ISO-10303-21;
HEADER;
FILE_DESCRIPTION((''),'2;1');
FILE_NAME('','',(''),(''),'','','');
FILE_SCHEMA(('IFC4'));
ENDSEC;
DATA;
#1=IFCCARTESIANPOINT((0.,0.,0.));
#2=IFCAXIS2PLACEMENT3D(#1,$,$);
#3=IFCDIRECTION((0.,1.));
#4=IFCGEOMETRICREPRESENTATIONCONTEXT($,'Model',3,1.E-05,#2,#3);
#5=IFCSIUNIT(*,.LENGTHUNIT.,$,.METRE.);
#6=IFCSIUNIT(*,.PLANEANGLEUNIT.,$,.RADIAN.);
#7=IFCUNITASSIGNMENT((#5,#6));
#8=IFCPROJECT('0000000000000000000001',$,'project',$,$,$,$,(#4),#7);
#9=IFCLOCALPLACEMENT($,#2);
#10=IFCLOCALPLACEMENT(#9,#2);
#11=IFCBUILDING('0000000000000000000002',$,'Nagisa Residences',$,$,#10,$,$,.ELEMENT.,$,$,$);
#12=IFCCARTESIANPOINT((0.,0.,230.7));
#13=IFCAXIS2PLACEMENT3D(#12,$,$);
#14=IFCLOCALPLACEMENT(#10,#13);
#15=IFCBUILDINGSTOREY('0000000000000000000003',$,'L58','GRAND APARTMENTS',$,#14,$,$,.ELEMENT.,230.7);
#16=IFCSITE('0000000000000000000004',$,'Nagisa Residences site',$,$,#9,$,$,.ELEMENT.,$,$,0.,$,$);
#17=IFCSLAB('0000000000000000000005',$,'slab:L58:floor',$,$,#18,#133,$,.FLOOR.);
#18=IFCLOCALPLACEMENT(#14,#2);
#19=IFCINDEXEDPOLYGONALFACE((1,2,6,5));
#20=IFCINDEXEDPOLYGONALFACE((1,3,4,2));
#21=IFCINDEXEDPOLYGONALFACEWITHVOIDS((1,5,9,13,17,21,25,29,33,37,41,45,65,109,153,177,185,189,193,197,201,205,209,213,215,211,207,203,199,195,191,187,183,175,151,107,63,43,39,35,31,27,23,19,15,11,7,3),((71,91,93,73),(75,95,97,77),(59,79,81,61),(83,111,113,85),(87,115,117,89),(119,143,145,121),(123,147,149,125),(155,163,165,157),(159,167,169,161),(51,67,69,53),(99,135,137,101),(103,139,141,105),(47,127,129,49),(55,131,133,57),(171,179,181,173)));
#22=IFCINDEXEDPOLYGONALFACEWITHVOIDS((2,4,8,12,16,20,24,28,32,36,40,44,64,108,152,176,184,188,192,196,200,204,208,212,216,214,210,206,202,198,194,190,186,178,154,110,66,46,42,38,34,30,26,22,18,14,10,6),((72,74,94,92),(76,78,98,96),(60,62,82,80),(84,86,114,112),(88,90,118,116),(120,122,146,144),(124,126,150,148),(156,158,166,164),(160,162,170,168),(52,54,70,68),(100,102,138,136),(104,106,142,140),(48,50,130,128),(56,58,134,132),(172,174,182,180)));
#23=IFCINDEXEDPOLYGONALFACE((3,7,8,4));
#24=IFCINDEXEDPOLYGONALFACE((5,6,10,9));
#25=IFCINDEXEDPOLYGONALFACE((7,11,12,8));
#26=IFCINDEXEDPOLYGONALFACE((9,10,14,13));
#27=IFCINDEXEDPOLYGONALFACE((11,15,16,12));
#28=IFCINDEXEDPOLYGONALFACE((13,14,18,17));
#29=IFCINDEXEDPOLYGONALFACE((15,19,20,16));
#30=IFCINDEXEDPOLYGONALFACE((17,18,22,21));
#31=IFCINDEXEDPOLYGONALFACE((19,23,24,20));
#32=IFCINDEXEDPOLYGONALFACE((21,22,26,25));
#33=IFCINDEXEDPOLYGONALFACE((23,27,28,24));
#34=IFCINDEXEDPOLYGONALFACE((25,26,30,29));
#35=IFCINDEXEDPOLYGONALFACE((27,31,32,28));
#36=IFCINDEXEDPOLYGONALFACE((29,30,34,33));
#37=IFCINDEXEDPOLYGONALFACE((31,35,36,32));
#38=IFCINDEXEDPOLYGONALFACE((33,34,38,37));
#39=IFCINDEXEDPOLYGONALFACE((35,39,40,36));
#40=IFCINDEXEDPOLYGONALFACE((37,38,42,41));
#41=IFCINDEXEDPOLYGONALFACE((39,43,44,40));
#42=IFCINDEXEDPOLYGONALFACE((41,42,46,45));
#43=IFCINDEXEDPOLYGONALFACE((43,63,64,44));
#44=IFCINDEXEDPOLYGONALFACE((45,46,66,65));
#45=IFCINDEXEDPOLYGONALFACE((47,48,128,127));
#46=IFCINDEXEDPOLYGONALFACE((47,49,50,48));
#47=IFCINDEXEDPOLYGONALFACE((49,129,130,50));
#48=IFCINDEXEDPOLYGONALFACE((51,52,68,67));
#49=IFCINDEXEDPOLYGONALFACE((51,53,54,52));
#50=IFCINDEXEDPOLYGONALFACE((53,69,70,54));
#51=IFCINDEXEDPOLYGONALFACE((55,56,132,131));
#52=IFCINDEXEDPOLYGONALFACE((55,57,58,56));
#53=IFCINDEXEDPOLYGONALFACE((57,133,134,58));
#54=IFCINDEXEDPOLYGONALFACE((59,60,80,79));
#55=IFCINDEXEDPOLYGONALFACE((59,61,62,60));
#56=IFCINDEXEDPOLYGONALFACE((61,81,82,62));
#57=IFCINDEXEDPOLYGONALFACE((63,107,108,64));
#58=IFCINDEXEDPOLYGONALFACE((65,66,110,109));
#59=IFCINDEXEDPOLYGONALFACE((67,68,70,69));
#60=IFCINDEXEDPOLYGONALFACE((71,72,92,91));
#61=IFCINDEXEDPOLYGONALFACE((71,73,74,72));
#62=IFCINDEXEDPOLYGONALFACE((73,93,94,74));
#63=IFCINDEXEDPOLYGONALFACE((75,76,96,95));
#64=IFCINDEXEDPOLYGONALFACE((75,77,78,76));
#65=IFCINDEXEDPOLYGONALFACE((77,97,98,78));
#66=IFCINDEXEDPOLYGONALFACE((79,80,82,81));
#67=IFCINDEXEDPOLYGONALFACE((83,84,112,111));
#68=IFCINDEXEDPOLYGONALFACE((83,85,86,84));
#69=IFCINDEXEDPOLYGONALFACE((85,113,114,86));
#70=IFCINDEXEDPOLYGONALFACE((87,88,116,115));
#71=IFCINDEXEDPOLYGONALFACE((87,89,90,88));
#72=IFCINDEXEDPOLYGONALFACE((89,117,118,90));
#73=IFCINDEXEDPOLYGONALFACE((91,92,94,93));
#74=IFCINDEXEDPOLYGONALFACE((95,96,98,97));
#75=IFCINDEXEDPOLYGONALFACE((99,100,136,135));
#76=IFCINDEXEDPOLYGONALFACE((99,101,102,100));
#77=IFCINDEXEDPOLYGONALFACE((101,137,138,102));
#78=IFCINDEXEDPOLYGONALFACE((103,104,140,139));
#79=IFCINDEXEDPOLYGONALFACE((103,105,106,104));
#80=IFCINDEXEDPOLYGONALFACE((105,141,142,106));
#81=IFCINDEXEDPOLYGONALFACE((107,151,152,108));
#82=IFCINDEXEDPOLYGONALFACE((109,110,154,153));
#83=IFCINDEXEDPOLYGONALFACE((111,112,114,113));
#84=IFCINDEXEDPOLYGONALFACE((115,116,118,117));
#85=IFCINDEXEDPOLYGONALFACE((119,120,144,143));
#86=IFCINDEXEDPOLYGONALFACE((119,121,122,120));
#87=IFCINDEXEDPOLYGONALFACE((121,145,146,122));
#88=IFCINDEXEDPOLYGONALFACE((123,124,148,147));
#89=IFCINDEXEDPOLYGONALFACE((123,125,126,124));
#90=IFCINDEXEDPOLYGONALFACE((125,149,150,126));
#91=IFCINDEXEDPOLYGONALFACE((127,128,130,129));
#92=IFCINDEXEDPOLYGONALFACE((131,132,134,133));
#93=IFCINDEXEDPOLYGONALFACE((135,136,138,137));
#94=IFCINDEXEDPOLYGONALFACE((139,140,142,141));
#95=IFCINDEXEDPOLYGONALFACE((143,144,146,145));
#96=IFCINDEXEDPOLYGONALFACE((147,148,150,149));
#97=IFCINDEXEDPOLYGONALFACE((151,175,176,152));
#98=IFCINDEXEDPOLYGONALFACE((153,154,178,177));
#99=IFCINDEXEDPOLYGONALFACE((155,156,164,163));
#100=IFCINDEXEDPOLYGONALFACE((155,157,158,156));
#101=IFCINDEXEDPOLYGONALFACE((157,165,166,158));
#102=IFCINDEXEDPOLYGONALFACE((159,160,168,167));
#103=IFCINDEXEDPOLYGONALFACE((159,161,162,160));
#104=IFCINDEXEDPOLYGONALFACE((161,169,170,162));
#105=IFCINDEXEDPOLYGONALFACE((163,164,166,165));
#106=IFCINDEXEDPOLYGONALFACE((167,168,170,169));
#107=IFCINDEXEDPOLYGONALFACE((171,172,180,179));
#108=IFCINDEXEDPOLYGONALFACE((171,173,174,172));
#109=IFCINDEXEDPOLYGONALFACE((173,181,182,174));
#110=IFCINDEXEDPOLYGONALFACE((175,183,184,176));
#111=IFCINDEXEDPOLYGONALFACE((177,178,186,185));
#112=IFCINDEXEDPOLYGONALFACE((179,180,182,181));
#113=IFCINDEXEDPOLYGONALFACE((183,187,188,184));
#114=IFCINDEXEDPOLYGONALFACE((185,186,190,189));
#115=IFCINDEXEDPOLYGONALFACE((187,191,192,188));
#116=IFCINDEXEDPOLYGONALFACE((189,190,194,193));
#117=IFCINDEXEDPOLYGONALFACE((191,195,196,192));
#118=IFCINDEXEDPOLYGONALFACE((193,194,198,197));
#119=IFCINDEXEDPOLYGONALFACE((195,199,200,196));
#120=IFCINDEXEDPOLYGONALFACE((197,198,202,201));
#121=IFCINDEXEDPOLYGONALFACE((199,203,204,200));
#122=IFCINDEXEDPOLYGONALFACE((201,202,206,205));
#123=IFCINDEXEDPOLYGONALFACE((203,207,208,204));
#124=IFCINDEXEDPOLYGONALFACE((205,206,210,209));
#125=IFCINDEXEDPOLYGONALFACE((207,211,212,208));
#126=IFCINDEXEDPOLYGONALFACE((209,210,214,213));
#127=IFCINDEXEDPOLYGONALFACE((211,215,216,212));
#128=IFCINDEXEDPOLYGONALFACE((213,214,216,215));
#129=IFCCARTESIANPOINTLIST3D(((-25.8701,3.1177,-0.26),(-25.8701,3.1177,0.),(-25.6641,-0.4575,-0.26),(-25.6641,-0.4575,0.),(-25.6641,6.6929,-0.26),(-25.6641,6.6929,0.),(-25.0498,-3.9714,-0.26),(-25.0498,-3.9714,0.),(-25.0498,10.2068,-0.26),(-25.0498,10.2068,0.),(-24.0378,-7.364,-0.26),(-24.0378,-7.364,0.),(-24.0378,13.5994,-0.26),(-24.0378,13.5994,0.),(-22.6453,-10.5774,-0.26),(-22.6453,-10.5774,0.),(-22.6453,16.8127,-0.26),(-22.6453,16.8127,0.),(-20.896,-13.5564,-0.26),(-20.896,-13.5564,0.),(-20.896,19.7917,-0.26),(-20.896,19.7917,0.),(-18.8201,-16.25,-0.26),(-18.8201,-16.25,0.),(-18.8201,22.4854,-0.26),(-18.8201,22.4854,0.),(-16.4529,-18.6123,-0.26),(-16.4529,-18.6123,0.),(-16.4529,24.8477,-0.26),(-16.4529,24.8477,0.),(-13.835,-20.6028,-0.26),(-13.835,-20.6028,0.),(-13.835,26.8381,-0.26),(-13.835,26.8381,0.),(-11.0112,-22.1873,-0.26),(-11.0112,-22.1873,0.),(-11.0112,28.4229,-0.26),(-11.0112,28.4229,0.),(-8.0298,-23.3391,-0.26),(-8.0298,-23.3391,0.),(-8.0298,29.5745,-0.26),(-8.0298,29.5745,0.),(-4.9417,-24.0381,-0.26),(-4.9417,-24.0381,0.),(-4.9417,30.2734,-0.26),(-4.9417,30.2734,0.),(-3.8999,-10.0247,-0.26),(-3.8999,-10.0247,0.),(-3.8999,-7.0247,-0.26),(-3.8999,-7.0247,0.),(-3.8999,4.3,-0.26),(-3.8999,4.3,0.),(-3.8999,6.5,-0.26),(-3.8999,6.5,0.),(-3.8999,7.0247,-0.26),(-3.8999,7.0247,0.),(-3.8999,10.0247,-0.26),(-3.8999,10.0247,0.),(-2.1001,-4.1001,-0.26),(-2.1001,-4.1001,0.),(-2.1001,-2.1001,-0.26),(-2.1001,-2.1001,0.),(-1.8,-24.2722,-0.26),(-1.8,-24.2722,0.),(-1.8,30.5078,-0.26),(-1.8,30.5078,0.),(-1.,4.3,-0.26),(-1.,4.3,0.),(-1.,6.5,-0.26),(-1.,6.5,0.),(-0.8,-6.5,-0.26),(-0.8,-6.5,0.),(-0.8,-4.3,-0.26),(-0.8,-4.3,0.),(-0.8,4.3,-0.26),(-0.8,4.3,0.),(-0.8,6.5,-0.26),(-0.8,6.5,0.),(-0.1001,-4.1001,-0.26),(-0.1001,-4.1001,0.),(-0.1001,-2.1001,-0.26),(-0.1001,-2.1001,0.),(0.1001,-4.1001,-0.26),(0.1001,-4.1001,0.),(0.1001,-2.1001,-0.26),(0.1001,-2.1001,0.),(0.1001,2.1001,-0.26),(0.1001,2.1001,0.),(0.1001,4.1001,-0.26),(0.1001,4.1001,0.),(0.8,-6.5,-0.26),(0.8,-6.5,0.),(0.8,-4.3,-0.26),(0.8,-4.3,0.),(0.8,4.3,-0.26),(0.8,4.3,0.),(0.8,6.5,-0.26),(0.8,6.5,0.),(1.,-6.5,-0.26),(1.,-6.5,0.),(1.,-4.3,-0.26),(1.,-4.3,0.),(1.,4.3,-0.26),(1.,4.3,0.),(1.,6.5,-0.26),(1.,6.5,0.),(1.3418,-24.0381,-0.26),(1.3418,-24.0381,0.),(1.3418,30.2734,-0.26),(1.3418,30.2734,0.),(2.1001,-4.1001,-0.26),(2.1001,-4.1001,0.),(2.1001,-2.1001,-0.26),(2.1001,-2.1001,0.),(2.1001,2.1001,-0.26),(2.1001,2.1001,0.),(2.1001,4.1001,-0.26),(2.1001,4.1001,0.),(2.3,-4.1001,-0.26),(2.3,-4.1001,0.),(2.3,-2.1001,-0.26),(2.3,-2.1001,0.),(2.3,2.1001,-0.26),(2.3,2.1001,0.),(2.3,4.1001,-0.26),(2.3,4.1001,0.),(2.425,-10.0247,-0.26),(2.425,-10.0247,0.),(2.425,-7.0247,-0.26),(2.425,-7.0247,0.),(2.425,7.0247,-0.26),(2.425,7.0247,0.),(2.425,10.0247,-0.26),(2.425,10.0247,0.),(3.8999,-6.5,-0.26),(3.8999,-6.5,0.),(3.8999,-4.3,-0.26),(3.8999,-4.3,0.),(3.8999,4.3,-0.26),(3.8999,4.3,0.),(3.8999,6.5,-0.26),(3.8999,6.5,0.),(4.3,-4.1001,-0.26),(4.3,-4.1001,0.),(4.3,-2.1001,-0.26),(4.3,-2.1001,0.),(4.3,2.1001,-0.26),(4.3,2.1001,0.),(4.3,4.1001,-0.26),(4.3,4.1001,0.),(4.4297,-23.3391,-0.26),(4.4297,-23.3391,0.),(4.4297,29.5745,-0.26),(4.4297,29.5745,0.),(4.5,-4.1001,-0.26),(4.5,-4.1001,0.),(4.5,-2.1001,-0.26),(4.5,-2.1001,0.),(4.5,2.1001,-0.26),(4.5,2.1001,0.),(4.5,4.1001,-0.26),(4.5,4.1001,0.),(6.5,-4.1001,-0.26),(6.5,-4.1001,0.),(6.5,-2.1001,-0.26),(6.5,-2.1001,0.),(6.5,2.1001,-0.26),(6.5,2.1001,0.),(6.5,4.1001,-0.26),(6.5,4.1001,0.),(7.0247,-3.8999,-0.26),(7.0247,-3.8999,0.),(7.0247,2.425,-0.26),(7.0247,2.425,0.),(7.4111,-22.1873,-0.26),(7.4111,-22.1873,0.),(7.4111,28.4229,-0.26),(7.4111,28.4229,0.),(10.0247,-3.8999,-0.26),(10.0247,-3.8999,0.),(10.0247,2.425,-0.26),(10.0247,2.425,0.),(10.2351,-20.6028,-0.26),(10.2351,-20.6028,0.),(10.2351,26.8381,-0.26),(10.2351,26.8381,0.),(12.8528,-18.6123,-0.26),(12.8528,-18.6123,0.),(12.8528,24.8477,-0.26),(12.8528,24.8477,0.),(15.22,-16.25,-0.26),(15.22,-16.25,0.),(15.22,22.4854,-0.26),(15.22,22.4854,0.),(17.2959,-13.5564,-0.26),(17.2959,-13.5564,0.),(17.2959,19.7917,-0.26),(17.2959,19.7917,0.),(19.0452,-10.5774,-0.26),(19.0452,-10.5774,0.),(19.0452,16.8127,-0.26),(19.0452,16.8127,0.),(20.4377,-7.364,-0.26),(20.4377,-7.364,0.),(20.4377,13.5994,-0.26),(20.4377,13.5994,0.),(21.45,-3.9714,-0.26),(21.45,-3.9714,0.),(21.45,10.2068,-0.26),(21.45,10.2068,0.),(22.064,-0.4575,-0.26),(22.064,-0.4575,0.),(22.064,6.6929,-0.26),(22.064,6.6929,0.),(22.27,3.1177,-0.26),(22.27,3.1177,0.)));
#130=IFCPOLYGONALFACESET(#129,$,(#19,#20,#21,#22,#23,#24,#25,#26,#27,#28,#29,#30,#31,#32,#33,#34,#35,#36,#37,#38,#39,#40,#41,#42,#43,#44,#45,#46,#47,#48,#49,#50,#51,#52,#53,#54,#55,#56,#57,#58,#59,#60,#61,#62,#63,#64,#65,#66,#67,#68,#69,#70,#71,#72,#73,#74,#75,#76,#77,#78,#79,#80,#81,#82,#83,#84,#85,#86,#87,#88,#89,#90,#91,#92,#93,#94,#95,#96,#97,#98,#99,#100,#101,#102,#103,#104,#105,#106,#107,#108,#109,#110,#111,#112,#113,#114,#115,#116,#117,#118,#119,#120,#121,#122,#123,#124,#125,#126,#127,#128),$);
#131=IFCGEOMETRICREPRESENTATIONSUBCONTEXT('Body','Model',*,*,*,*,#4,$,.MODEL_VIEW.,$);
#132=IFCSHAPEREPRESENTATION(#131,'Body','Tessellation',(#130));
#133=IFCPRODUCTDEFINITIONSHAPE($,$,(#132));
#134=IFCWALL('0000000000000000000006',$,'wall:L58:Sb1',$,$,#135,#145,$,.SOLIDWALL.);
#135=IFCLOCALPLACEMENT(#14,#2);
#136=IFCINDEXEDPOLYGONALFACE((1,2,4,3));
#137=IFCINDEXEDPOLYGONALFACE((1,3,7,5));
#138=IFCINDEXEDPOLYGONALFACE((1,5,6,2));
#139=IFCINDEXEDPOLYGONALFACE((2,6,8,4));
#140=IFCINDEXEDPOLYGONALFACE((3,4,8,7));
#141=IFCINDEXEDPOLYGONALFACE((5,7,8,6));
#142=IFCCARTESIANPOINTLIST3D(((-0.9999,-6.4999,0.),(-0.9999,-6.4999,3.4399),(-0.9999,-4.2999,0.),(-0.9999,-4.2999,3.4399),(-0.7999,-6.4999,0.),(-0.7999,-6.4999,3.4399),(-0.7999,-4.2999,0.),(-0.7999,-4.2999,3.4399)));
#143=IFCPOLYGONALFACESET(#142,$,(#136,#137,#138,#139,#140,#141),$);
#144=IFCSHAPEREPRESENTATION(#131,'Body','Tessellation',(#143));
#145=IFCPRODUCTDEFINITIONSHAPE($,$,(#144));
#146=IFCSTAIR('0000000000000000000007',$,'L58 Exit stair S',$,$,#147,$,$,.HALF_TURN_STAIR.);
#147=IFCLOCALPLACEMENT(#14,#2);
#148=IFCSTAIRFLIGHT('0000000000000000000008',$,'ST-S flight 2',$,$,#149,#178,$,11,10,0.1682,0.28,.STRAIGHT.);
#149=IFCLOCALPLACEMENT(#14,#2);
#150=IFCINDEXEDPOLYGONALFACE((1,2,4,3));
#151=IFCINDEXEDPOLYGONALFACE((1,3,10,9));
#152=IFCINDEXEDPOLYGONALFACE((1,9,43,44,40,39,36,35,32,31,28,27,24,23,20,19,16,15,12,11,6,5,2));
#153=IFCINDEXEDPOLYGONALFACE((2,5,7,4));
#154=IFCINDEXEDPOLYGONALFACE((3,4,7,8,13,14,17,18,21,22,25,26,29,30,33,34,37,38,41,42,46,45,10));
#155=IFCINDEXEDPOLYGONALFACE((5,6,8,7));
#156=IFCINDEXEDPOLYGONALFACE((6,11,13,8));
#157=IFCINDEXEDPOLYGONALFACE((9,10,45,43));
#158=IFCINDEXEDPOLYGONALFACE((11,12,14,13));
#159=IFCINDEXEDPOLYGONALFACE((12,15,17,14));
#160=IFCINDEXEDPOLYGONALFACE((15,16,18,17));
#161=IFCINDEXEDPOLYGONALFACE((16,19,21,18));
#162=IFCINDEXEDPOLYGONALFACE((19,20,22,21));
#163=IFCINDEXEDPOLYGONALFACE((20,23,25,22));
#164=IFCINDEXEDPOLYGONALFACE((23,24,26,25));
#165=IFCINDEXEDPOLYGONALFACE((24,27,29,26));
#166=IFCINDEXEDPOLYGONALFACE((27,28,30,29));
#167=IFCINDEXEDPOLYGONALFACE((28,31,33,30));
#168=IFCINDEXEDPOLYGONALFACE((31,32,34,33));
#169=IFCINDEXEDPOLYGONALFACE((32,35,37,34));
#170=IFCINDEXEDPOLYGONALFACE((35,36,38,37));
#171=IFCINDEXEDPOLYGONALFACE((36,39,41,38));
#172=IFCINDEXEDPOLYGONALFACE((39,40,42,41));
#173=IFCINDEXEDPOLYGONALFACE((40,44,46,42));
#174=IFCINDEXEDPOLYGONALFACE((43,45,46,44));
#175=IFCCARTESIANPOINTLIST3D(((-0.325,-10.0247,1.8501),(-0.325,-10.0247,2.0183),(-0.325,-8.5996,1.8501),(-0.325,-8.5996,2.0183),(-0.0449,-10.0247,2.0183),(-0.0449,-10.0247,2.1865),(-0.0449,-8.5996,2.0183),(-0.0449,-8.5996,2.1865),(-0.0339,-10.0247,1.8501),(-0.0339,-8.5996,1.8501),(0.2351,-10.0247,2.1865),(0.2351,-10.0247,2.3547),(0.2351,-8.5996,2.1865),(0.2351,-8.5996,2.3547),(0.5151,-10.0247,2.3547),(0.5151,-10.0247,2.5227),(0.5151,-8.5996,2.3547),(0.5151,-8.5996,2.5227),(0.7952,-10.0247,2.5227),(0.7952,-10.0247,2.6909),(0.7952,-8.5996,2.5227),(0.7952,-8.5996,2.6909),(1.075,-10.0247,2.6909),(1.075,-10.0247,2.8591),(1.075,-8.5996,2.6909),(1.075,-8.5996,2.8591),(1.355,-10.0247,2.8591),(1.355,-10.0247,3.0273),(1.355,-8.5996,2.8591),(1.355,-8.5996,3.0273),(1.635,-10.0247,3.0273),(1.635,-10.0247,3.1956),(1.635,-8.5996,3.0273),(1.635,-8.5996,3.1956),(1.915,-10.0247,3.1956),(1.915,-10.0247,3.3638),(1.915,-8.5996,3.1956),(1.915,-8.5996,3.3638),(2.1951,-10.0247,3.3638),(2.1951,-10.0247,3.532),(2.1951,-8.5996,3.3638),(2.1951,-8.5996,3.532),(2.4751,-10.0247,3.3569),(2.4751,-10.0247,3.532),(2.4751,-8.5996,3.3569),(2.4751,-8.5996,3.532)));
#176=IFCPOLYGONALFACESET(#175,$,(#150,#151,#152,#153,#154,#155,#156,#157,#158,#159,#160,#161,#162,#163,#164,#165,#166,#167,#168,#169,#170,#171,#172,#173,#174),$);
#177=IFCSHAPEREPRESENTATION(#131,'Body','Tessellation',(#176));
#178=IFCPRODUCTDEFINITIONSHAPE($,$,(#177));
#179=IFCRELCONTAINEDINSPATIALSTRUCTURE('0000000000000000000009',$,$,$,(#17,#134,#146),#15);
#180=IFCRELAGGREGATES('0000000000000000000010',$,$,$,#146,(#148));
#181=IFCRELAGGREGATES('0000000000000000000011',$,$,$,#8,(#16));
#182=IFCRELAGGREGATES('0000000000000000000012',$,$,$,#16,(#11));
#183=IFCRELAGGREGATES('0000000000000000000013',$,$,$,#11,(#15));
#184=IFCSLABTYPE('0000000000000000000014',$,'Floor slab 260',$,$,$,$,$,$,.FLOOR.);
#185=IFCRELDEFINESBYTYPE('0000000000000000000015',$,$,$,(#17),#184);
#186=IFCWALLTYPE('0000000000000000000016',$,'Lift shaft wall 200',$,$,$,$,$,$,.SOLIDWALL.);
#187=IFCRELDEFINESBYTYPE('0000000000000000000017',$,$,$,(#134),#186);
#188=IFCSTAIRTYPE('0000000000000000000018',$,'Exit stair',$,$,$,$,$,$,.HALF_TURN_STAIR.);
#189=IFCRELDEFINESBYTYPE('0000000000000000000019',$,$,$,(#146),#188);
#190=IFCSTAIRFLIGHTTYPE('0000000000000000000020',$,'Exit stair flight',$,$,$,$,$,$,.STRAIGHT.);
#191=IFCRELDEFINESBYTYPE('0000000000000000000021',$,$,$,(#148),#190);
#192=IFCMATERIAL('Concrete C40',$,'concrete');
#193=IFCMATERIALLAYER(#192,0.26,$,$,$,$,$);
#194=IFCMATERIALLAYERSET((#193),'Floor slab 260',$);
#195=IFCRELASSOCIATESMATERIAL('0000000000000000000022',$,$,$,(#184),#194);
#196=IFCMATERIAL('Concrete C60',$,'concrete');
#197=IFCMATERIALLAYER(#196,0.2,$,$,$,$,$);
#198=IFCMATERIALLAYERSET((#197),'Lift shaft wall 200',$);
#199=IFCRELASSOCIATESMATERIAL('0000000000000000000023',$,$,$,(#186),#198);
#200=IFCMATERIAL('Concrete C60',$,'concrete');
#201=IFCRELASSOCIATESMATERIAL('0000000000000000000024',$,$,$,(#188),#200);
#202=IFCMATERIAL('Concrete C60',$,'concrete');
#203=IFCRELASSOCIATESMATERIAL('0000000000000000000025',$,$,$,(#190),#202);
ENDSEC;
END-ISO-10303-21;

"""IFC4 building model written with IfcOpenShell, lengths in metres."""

from ifc_helpers import new_model, si_unit, direction, frame, frame_2d, origin, place, context, subcontext, project, spatial, polyline, rectangle, outline, extrude, material, layer, layer_set, type_object, element, aggregate, save


model = new_model("IFC4")

# Units and contexts
model_context = context("Model", 3, precision=1e-05, world=origin(), true_north=direction((0.0, 1.0)))
body_context = subcontext(model_context, "Body", "Model", "MODEL_VIEW")
ifc_project = project(units=[si_unit("LENGTHUNIT", "METRE"), si_unit("PLANEANGLEUNIT", "RADIAN")], contexts=[model_context])

# Site, building, storey
site_placement = place(None, origin())
site = spatial("IfcSite", under=ifc_project, at=site_placement, Name="Nagisa Residences site", CompositionType="ELEMENT", RefElevation=0.0)
building_placement = place(site_placement, origin())
building = spatial("IfcBuilding", under=site, at=building_placement, Name="Nagisa Residences", CompositionType="ELEMENT")
storey_placement = place(building_placement, frame((0.0, 0.0, 230.7)))
storey = spatial("IfcBuildingStorey", under=building, at=storey_placement, Name="L58", Description="GRAND APARTMENTS", CompositionType="ELEMENT", Elevation=230.7)

# Slab
ifc_material_1 = material(Name="Concrete C40", Category="concrete")
ifc_layer_1 = layer(ifc_material_1, 0.26)
ifc_layer_set_1 = layer_set([ifc_layer_1], Name="Floor slab 260")
slab_type_1 = type_object("IfcSlabType", Name="Floor slab 260", PredefinedType="FLOOR", material=ifc_layer_set_1)
slab_1_placement = place(storey_placement, frame((0.0, 0.0, -0.26)))
element("IfcSlab", 1, at=slab_1_placement, inside=storey, type_object=slab_type_1, Name="slab:L58:floor", PredefinedType="FLOOR", context=body_context, shape_type="SweptSolid", body=[
    extrude(outline(polyline([(22.27, 3.1177), (22.064, 6.6929), (21.45, 10.2068), (20.4377, 13.5994), (19.0452, 16.8127), (17.2959, 19.7917), (15.22, 22.4854), (12.8528, 24.8477), (10.2351, 26.8381), (7.4111, 28.4229), (4.4297, 29.5745), (1.3418, 30.2734), (-1.8, 30.5078), (-4.9417, 30.2734), (-8.0298, 29.5745), (-11.0112, 28.4229), (-13.835, 26.8381), (-16.4529, 24.8477), (-18.8201, 22.4854), (-20.896, 19.7917), (-22.6453, 16.8127), (-24.0378, 13.5994), (-25.0498, 10.2068), (-25.6641, 6.6929), (-25.8701, 3.1177), (-25.6641, -0.4575), (-25.0498, -3.9714), (-24.0378, -7.364), (-22.6453, -10.5774), (-20.896, -13.5564), (-18.8201, -16.25), (-16.4529, -18.6123), (-13.835, -20.6028), (-11.0112, -22.1873), (-8.0298, -23.3391), (-4.9417, -24.0381), (-1.8, -24.2722), (1.3418, -24.0381), (4.4297, -23.3391), (7.4111, -22.1873), (10.2351, -20.6028), (12.8528, -18.6123), (15.22, -16.25), (17.2959, -13.5564), (19.0452, -10.5774), (20.4377, -7.364), (21.45, -3.9714), (22.064, -0.4575), (22.27, 3.1177)]), holes=[polyline([(2.1001, 2.1001), (2.1001, 4.1001), (0.1001, 4.1001), (0.1001, 2.1001), (2.1001, 2.1001)]), polyline([(4.3, 2.1001), (4.3, 4.1001), (2.3, 4.1001), (2.3, 2.1001), (4.3, 2.1001)]), polyline([(6.5, 2.1001), (6.5, 4.1001), (4.5, 4.1001), (4.5, 2.1001), (6.5, 2.1001)]), polyline([(-0.1001, -4.1001), (-0.1001, -2.1001), (-2.1001, -2.1001), (-2.1001, -4.1001), (-0.1001, -4.1001)]), polyline([(2.1001, -4.1001), (2.1001, -2.1001), (0.1001, -2.1001), (0.1001, -4.1001), (2.1001, -4.1001)]), polyline([(4.3, -4.1001), (4.3, -2.1001), (2.3, -2.1001), (2.3, -4.1001), (4.3, -4.1001)]), polyline([(6.5, -4.1001), (6.5, -2.1001), (4.5, -2.1001), (4.5, -4.1001), (6.5, -4.1001)]), polyline([(3.8999, 4.3), (3.8999, 6.5), (1.0, 6.5), (1.0, 4.3), (3.8999, 4.3)]), polyline([(3.8999, -6.5), (3.8999, -4.3), (1.0, -4.3), (1.0, -6.5), (3.8999, -6.5)]), polyline([(-1.0, 4.3), (-1.0, 6.5), (-3.8999, 6.5), (-3.8999, 4.3), (-1.0, 4.3)]), polyline([(0.8, 4.3), (0.8, 6.5), (-0.8, 6.5), (-0.8, 4.3), (0.8, 4.3)]), polyline([(0.8, -6.5), (0.8, -4.3), (-0.8, -4.3), (-0.8, -6.5), (0.8, -6.5)]), polyline([(10.0247, -3.8999), (7.0247, -3.8999), (7.0247, 2.425), (10.0247, 2.425), (10.0247, -3.8999)]), polyline([(-3.8999, 7.0247), (-3.8999, 10.0247), (2.425, 10.0247), (2.425, 7.0247), (-3.8999, 7.0247)]), polyline([(-3.8999, -10.0247), (-3.8999, -7.0247), (2.425, -7.0247), (2.425, -10.0247), (-3.8999, -10.0247)])]), origin(), (0.0, 0.0, 1.0), 0.26),
])

# Wall
ifc_material_2 = material(Name="Concrete C60", Category="concrete")
ifc_layer_2 = layer(ifc_material_2, 0.2)
ifc_layer_set_2 = layer_set([ifc_layer_2], Name="Lift shaft wall 200")
wall_type = type_object("IfcWallType", Name="Lift shaft wall 200", PredefinedType="SOLIDWALL", material=ifc_layer_set_2)
wall_placement = place(storey_placement, frame((-0.8999, -6.5, 0.0), z_axis=(0.0, 0.0, 1.0), x_axis=(0.0, 1.0, 0.0)))
element("IfcWall", 2, at=wall_placement, inside=storey, type_object=wall_type, Name="wall:L58:Sb1", PredefinedType="SOLIDWALL", context=body_context, shape_type="SweptSolid", body=[
    extrude(rectangle(XDim=2.2, YDim=0.2, at=frame_2d((1.1001, 0.0))), origin(), (0.0, 0.0, 1.0), 3.4399),
])

# Stair, stair flight
ifc_material_3 = material(Name="Concrete C60", Category="concrete")
stair_type = type_object("IfcStairType", Name="Exit stair", PredefinedType="HALF_TURN_STAIR", material=ifc_material_3)
stair_placement = place(storey_placement, origin())
stair = element("IfcStair", 3, at=stair_placement, inside=storey, type_object=stair_type, Name="L58 Exit stair S", PredefinedType="HALF_TURN_STAIR")
ifc_material_4 = material(Name="Concrete C60", Category="concrete")
stair_flight_type = type_object("IfcStairFlightType", Name="Exit stair flight", PredefinedType="STRAIGHT", material=ifc_material_4)
stair_flight_placement = place(storey_placement, frame((-0.325, -9.312, 1.8501), z_axis=(0.0, 0.0, 1.0), x_axis=(1.0, 0.0, 0.0)))
stair_flight = element("IfcStairFlight", 4, at=stair_flight_placement, type_object=stair_flight_type, Name="ST-S flight 2", NumberOfRisers=11, NumberOfTreads=10, PredefinedType="STRAIGHT", RiserHeight=0.1682, TreadLength=0.28, context=body_context, shape_type="SweptSolid", body=[
    extrude(outline(polyline([(0.0, 0.0), (0.0, 0.1682), (0.28, 0.1682), (0.28, 0.3364), (0.5601, 0.3364), (0.5601, 0.5046), (0.8401, 0.5046), (0.8401, 0.6726), (1.1201, 0.6726), (1.1201, 0.8408), (1.3999, 0.8408), (1.3999, 1.009), (1.6799, 1.009), (1.6799, 1.1772), (1.96, 1.1772), (1.96, 1.3455), (2.24, 1.3455), (2.24, 1.5137), (2.52, 1.5137), (2.52, 1.6819), (2.8, 1.6819), (2.8, 1.8501), (2.8, 1.5068), (0.291, 0.0), (0.0, 0.0)])), frame((0.0, 0.7124, 0.0), z_axis=(0.0, -1.0, 0.0), x_axis=(1.0, 0.0, 0.0)), (0.0, 0.0, 1.0), 1.425),
])
aggregate(stair, [stair_flight])

save(model, "model.ifc")
